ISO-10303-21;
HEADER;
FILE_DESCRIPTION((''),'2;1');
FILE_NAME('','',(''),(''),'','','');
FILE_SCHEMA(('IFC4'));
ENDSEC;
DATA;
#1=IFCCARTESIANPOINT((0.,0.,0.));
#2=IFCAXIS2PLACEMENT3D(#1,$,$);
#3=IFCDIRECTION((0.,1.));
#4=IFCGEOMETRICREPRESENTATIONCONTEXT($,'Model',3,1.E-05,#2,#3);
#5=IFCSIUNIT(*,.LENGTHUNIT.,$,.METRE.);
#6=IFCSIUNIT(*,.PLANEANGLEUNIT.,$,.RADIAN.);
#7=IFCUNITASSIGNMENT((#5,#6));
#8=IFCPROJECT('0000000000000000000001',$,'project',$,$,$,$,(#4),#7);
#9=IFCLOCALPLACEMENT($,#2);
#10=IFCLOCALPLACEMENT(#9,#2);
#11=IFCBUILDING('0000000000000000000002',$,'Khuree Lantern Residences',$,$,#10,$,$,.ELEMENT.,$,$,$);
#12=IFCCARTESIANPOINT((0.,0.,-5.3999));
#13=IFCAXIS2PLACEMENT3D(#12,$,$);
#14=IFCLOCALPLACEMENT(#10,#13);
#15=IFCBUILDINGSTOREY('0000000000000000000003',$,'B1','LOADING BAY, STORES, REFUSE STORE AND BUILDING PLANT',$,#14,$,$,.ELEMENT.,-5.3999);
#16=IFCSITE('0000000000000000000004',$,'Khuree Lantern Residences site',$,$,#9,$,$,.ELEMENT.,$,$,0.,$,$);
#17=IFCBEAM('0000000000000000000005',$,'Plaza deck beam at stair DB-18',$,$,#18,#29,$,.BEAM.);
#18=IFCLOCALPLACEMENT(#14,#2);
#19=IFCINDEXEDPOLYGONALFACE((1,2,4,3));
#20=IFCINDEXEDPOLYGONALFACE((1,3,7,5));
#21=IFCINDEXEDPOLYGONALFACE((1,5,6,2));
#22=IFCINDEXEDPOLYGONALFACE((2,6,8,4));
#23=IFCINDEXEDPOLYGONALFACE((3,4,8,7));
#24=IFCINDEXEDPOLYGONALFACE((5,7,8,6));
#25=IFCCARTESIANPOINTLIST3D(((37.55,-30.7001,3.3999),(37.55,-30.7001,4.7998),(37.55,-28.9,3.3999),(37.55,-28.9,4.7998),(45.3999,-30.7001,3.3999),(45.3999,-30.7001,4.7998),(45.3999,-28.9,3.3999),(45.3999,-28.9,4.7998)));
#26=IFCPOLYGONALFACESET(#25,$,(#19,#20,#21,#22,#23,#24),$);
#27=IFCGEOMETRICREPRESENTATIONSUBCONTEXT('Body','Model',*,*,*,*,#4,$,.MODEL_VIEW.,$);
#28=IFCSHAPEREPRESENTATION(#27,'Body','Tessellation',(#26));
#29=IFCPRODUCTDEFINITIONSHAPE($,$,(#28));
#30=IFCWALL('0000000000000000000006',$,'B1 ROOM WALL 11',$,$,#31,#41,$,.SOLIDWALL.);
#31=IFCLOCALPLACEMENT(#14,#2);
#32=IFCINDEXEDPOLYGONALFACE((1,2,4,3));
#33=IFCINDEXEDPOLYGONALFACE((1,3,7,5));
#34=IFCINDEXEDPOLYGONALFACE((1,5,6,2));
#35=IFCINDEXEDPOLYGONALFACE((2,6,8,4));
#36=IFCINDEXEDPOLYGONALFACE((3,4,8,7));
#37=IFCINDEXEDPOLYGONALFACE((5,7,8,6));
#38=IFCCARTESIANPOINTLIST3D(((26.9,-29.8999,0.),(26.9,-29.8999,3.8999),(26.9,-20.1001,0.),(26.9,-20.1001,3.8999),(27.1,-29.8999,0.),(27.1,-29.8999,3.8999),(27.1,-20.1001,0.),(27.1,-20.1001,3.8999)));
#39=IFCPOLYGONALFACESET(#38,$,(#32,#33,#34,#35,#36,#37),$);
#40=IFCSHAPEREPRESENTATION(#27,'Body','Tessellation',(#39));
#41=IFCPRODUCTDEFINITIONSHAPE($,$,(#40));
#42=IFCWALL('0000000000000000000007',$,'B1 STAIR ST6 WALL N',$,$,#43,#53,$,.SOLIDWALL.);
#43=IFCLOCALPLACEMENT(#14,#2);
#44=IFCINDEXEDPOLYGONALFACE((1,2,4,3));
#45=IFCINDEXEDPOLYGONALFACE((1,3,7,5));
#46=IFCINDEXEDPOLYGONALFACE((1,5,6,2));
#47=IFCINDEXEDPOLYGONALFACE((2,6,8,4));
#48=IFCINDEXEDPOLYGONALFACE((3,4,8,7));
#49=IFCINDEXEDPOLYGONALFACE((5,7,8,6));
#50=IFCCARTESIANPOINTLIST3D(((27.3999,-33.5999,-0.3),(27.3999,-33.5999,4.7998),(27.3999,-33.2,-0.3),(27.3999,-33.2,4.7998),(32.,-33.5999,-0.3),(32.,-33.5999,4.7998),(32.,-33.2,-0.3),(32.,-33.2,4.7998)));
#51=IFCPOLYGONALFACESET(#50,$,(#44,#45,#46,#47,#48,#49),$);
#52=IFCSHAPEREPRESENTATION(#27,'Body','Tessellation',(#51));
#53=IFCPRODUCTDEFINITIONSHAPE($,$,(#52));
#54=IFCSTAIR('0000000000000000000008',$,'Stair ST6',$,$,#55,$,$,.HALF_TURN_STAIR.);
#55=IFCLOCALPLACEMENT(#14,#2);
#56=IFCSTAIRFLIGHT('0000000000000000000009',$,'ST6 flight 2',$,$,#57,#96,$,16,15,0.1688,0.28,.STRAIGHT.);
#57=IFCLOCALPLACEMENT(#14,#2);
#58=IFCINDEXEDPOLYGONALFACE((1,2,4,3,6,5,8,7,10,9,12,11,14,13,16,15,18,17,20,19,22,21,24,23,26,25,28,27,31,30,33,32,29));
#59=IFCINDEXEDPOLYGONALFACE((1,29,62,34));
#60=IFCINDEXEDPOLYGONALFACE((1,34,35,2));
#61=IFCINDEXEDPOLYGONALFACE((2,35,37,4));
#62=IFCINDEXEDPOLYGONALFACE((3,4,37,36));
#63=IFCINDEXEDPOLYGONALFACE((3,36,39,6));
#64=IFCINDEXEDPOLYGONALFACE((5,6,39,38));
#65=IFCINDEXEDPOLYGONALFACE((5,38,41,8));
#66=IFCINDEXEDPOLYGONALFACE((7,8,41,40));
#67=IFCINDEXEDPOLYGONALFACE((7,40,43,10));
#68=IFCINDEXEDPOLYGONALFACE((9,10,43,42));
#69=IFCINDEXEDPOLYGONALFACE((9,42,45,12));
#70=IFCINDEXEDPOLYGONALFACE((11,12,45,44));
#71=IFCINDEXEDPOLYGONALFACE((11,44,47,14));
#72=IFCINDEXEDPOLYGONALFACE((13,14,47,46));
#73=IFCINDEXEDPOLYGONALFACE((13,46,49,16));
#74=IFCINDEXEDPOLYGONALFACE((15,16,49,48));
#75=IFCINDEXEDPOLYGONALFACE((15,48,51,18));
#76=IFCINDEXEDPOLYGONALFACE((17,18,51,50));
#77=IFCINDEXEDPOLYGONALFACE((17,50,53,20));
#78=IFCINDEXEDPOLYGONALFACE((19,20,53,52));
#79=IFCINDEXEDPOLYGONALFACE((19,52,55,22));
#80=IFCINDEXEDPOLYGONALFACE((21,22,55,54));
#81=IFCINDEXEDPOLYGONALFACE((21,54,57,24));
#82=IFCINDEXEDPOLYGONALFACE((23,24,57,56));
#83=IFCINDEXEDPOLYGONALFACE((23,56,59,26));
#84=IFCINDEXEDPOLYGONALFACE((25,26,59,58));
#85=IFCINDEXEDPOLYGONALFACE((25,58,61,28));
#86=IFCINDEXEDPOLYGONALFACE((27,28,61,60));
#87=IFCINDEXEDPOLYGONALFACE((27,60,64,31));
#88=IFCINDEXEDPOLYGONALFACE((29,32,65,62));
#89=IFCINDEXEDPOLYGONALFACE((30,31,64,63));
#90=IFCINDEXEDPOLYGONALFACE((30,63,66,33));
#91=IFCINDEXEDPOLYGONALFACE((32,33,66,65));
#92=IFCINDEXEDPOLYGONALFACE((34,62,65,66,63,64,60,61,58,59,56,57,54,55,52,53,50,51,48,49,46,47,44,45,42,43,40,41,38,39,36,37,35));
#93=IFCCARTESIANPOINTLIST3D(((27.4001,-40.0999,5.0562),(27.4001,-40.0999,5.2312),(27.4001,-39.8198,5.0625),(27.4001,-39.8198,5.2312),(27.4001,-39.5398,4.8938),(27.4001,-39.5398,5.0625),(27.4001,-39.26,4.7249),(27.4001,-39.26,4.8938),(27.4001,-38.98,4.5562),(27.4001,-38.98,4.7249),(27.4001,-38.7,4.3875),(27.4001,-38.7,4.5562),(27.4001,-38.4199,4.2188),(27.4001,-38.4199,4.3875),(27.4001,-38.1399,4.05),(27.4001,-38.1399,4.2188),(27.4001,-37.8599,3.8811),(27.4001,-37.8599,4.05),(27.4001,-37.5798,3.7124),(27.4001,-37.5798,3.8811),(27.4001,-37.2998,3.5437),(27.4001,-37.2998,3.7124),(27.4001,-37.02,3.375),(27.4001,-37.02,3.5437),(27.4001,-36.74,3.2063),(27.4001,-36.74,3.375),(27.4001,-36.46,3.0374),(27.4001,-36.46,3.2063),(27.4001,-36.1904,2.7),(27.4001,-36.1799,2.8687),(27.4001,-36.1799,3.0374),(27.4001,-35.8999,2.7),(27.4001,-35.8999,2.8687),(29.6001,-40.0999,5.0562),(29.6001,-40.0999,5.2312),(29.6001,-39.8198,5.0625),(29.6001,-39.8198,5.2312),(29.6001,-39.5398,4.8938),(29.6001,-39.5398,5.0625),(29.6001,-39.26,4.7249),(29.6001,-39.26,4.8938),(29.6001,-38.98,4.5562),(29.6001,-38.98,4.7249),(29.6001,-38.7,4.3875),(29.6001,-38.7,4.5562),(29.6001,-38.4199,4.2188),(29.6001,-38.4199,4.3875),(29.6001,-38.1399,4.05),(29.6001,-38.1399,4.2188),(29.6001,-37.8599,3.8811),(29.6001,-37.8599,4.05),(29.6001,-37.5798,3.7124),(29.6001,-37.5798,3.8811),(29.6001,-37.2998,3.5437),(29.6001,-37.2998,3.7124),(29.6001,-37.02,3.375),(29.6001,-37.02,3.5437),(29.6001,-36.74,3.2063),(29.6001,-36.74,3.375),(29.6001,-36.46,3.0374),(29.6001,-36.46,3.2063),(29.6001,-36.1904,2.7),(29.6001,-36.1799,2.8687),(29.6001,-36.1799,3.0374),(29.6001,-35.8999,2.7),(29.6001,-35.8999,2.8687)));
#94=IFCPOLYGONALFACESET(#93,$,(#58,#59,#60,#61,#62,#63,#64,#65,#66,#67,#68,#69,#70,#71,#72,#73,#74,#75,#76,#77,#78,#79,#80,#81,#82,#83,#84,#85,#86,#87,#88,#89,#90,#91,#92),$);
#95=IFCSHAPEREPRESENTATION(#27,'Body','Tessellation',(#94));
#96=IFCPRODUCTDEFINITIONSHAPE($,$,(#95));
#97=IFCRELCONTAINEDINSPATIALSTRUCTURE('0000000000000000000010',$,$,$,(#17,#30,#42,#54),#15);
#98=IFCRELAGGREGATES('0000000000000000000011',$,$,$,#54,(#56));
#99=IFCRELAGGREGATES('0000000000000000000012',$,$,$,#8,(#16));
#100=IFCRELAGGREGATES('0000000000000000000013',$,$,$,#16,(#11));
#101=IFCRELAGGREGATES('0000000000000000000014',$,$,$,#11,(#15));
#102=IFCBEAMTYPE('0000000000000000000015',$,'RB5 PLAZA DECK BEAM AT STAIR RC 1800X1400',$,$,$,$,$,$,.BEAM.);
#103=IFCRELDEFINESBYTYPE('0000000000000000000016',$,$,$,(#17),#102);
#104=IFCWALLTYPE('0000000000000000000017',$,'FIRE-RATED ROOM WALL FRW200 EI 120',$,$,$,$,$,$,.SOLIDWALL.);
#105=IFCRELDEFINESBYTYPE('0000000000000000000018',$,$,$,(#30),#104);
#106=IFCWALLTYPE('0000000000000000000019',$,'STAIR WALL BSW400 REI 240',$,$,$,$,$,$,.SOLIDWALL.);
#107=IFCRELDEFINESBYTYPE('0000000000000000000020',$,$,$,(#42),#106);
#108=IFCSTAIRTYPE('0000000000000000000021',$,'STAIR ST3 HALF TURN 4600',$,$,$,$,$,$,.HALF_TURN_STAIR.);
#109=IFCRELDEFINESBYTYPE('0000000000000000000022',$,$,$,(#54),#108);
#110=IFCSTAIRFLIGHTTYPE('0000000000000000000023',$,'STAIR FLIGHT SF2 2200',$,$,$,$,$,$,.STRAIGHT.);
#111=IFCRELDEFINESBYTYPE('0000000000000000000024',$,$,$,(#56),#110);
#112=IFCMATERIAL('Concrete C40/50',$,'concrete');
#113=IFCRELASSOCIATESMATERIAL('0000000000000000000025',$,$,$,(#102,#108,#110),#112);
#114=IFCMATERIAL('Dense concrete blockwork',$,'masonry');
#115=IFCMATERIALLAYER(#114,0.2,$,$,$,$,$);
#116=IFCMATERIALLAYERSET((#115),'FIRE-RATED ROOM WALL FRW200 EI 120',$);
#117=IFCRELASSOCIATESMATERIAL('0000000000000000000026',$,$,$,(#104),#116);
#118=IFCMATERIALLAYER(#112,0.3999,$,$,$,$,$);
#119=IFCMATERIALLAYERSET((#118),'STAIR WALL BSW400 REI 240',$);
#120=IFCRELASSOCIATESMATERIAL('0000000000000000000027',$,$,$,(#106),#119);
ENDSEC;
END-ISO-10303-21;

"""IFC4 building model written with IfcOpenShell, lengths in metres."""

from ifc_helpers import new_model, si_unit, direction, frame, frame_2d, origin, origin_2d, place, context, subcontext, project, spatial, polyline, rectangle, outline, extrude, material, layer, layer_set, material_profile, profile_set, type_object, element, aggregate, save


model = new_model("IFC4")

# Units and contexts
model_context = context("Model", 3, precision=1e-05, world=origin(), true_north=direction((0.0, 1.0)))
body_context = subcontext(model_context, "Body", "Model", "MODEL_VIEW")
ifc_project = project(units=[si_unit("LENGTHUNIT", "METRE"), si_unit("PLANEANGLEUNIT", "RADIAN")], contexts=[model_context])

# Site, building, storey
site_placement = place(None, origin())
site = spatial("IfcSite", under=ifc_project, at=site_placement, Name="Khuree Lantern Residences site", CompositionType="ELEMENT", RefElevation=0.0)
building_placement = place(site_placement, origin())
building = spatial("IfcBuilding", under=site, at=building_placement, Name="Khuree Lantern Residences", CompositionType="ELEMENT")
storey_placement = place(building_placement, frame((0.0, 0.0, -5.3999)))
storey = spatial("IfcBuildingStorey", under=building, at=storey_placement, Name="B1", Description="LOADING BAY, STORES, REFUSE STORE AND BUILDING PLANT", CompositionType="ELEMENT", Elevation=-5.3999)

# Beam
ifc_material_1 = material(Name="Concrete C40/50", Category="concrete")
ifc_material_profile_1 = material_profile(ifc_material_1, rectangle(XDim=1.8, YDim=1.3999, at=origin_2d()), Name="RC 1800X1400")
ifc_profile_set_1 = profile_set([ifc_material_profile_1], Name="Concrete C40/50")
beam_type_1 = type_object("IfcBeamType", Name="RB5 PLAZA DECK BEAM AT STAIR RC 1800X1400", PredefinedType="BEAM", material=ifc_profile_set_1)
beam_1_placement = place(storey_placement, frame((37.55, -29.8, 4.0999), z_axis=(1.0, 0.0, 0.0), x_axis=(0.0, 1.0, 0.0)))
element("IfcBeam", 1, at=beam_1_placement, inside=storey, type_object=beam_type_1, Name="Plaza deck beam at stair DB-18", PredefinedType="BEAM", context=body_context, shape_type="SweptSolid", body=[
    extrude(rectangle(XDim=1.8, YDim=1.3999, at=origin_2d()), origin(), (0.0, 0.0, 1.0), 7.8499),
])

# Walls
ifc_material_2 = material(Name="Dense concrete blockwork", Category="masonry")
ifc_layer_1 = layer(ifc_material_2, 0.2)
ifc_layer_set_1 = layer_set([ifc_layer_1], Name="FIRE-RATED ROOM WALL FRW200 EI 120")
wall_type_1 = type_object("IfcWallType", Name="FIRE-RATED ROOM WALL FRW200 EI 120", PredefinedType="SOLIDWALL", material=ifc_layer_set_1)
wall_1_placement = place(storey_placement, frame((27.0, -29.8999, 0.0), z_axis=(0.0, 0.0, 1.0), x_axis=(0.0, 1.0, 0.0)))
element("IfcWall", 2, at=wall_1_placement, inside=storey, type_object=wall_type_1, Name="B1 ROOM WALL 11", PredefinedType="SOLIDWALL", context=body_context, shape_type="SweptSolid", body=[
    extrude(rectangle(XDim=9.7998, YDim=0.2, at=frame_2d((4.8999, 0.0))), origin(), (0.0, 0.0, 1.0), 3.8999),
])
ifc_layer_2 = layer(ifc_material_1, 0.3999)
ifc_layer_set_2 = layer_set([ifc_layer_2], Name="STAIR WALL BSW400 REI 240")
wall_type_2 = type_object("IfcWallType", Name="STAIR WALL BSW400 REI 240", PredefinedType="SOLIDWALL", material=ifc_layer_set_2)
wall_2_placement = place(storey_placement, frame((27.3999, -33.3999, -0.3), z_axis=(0.0, 0.0, 1.0), x_axis=(1.0, 0.0, 0.0)))
element("IfcWall", 3, at=wall_2_placement, inside=storey, type_object=wall_type_2, Name="B1 STAIR ST6 WALL N", PredefinedType="SOLIDWALL", context=body_context, shape_type="SweptSolid", body=[
    extrude(rectangle(XDim=4.6001, YDim=0.3999, at=frame_2d((2.3, 0.0))), origin(), (0.0, 0.0, 1.0), 5.0999),
])

# Stair, stair flight
stair_type = type_object("IfcStairType", Name="STAIR ST3 HALF TURN 4600", PredefinedType="HALF_TURN_STAIR", material=ifc_material_1)
stair_placement = place(storey_placement, origin())
stair = element("IfcStair", 4, at=stair_placement, inside=storey, type_object=stair_type, Name="Stair ST6", PredefinedType="HALF_TURN_STAIR")
stair_flight_type = type_object("IfcStairFlightType", Name="STAIR FLIGHT SF2 2200", PredefinedType="STRAIGHT", material=ifc_material_1)
stair_flight_placement = place(storey_placement, frame((28.5, -35.8999, 2.7), z_axis=(0.0, 0.0, 1.0), x_axis=(0.0, -1.0, 0.0)))
stair_flight = element("IfcStairFlight", 5, at=stair_flight_placement, type_object=stair_flight_type, Name="ST6 flight 2", NumberOfRisers=16, NumberOfTreads=15, PredefinedType="STRAIGHT", RiserHeight=0.1688, TreadLength=0.28, context=body_context, shape_type="SweptSolid", body=[
    extrude(outline(polyline([(0.0, 0.0), (0.0, 0.1687), (0.28, 0.1687), (0.28, 0.3374), (0.5601, 0.3374), (0.5601, 0.5063), (0.8401, 0.5063), (0.8401, 0.675), (1.1201, 0.675), (1.1201, 0.8438), (1.3999, 0.8438), (1.3999, 1.0125), (1.6799, 1.0125), (1.6799, 1.1812), (1.96, 1.1812), (1.96, 1.3501), (2.24, 1.3501), (2.24, 1.5188), (2.52, 1.5188), (2.52, 1.6875), (2.8, 1.6875), (2.8, 1.8562), (3.0801, 1.8562), (3.0801, 2.0249), (3.3601, 2.0249), (3.3601, 2.1938), (3.6399, 2.1938), (3.6399, 2.3625), (3.9199, 2.3625), (3.9199, 2.5312), (4.2, 2.5312), (4.2, 2.7), (4.2, 2.3562), (0.2905, 0.0), (0.0, 0.0)])), frame((0.0, 1.1001, 0.0), z_axis=(0.0, -1.0, 0.0), x_axis=(1.0, 0.0, 0.0)), (0.0, 0.0, 1.0), 2.2),
])
aggregate(stair, [stair_flight])

save(model, "model.ifc")
